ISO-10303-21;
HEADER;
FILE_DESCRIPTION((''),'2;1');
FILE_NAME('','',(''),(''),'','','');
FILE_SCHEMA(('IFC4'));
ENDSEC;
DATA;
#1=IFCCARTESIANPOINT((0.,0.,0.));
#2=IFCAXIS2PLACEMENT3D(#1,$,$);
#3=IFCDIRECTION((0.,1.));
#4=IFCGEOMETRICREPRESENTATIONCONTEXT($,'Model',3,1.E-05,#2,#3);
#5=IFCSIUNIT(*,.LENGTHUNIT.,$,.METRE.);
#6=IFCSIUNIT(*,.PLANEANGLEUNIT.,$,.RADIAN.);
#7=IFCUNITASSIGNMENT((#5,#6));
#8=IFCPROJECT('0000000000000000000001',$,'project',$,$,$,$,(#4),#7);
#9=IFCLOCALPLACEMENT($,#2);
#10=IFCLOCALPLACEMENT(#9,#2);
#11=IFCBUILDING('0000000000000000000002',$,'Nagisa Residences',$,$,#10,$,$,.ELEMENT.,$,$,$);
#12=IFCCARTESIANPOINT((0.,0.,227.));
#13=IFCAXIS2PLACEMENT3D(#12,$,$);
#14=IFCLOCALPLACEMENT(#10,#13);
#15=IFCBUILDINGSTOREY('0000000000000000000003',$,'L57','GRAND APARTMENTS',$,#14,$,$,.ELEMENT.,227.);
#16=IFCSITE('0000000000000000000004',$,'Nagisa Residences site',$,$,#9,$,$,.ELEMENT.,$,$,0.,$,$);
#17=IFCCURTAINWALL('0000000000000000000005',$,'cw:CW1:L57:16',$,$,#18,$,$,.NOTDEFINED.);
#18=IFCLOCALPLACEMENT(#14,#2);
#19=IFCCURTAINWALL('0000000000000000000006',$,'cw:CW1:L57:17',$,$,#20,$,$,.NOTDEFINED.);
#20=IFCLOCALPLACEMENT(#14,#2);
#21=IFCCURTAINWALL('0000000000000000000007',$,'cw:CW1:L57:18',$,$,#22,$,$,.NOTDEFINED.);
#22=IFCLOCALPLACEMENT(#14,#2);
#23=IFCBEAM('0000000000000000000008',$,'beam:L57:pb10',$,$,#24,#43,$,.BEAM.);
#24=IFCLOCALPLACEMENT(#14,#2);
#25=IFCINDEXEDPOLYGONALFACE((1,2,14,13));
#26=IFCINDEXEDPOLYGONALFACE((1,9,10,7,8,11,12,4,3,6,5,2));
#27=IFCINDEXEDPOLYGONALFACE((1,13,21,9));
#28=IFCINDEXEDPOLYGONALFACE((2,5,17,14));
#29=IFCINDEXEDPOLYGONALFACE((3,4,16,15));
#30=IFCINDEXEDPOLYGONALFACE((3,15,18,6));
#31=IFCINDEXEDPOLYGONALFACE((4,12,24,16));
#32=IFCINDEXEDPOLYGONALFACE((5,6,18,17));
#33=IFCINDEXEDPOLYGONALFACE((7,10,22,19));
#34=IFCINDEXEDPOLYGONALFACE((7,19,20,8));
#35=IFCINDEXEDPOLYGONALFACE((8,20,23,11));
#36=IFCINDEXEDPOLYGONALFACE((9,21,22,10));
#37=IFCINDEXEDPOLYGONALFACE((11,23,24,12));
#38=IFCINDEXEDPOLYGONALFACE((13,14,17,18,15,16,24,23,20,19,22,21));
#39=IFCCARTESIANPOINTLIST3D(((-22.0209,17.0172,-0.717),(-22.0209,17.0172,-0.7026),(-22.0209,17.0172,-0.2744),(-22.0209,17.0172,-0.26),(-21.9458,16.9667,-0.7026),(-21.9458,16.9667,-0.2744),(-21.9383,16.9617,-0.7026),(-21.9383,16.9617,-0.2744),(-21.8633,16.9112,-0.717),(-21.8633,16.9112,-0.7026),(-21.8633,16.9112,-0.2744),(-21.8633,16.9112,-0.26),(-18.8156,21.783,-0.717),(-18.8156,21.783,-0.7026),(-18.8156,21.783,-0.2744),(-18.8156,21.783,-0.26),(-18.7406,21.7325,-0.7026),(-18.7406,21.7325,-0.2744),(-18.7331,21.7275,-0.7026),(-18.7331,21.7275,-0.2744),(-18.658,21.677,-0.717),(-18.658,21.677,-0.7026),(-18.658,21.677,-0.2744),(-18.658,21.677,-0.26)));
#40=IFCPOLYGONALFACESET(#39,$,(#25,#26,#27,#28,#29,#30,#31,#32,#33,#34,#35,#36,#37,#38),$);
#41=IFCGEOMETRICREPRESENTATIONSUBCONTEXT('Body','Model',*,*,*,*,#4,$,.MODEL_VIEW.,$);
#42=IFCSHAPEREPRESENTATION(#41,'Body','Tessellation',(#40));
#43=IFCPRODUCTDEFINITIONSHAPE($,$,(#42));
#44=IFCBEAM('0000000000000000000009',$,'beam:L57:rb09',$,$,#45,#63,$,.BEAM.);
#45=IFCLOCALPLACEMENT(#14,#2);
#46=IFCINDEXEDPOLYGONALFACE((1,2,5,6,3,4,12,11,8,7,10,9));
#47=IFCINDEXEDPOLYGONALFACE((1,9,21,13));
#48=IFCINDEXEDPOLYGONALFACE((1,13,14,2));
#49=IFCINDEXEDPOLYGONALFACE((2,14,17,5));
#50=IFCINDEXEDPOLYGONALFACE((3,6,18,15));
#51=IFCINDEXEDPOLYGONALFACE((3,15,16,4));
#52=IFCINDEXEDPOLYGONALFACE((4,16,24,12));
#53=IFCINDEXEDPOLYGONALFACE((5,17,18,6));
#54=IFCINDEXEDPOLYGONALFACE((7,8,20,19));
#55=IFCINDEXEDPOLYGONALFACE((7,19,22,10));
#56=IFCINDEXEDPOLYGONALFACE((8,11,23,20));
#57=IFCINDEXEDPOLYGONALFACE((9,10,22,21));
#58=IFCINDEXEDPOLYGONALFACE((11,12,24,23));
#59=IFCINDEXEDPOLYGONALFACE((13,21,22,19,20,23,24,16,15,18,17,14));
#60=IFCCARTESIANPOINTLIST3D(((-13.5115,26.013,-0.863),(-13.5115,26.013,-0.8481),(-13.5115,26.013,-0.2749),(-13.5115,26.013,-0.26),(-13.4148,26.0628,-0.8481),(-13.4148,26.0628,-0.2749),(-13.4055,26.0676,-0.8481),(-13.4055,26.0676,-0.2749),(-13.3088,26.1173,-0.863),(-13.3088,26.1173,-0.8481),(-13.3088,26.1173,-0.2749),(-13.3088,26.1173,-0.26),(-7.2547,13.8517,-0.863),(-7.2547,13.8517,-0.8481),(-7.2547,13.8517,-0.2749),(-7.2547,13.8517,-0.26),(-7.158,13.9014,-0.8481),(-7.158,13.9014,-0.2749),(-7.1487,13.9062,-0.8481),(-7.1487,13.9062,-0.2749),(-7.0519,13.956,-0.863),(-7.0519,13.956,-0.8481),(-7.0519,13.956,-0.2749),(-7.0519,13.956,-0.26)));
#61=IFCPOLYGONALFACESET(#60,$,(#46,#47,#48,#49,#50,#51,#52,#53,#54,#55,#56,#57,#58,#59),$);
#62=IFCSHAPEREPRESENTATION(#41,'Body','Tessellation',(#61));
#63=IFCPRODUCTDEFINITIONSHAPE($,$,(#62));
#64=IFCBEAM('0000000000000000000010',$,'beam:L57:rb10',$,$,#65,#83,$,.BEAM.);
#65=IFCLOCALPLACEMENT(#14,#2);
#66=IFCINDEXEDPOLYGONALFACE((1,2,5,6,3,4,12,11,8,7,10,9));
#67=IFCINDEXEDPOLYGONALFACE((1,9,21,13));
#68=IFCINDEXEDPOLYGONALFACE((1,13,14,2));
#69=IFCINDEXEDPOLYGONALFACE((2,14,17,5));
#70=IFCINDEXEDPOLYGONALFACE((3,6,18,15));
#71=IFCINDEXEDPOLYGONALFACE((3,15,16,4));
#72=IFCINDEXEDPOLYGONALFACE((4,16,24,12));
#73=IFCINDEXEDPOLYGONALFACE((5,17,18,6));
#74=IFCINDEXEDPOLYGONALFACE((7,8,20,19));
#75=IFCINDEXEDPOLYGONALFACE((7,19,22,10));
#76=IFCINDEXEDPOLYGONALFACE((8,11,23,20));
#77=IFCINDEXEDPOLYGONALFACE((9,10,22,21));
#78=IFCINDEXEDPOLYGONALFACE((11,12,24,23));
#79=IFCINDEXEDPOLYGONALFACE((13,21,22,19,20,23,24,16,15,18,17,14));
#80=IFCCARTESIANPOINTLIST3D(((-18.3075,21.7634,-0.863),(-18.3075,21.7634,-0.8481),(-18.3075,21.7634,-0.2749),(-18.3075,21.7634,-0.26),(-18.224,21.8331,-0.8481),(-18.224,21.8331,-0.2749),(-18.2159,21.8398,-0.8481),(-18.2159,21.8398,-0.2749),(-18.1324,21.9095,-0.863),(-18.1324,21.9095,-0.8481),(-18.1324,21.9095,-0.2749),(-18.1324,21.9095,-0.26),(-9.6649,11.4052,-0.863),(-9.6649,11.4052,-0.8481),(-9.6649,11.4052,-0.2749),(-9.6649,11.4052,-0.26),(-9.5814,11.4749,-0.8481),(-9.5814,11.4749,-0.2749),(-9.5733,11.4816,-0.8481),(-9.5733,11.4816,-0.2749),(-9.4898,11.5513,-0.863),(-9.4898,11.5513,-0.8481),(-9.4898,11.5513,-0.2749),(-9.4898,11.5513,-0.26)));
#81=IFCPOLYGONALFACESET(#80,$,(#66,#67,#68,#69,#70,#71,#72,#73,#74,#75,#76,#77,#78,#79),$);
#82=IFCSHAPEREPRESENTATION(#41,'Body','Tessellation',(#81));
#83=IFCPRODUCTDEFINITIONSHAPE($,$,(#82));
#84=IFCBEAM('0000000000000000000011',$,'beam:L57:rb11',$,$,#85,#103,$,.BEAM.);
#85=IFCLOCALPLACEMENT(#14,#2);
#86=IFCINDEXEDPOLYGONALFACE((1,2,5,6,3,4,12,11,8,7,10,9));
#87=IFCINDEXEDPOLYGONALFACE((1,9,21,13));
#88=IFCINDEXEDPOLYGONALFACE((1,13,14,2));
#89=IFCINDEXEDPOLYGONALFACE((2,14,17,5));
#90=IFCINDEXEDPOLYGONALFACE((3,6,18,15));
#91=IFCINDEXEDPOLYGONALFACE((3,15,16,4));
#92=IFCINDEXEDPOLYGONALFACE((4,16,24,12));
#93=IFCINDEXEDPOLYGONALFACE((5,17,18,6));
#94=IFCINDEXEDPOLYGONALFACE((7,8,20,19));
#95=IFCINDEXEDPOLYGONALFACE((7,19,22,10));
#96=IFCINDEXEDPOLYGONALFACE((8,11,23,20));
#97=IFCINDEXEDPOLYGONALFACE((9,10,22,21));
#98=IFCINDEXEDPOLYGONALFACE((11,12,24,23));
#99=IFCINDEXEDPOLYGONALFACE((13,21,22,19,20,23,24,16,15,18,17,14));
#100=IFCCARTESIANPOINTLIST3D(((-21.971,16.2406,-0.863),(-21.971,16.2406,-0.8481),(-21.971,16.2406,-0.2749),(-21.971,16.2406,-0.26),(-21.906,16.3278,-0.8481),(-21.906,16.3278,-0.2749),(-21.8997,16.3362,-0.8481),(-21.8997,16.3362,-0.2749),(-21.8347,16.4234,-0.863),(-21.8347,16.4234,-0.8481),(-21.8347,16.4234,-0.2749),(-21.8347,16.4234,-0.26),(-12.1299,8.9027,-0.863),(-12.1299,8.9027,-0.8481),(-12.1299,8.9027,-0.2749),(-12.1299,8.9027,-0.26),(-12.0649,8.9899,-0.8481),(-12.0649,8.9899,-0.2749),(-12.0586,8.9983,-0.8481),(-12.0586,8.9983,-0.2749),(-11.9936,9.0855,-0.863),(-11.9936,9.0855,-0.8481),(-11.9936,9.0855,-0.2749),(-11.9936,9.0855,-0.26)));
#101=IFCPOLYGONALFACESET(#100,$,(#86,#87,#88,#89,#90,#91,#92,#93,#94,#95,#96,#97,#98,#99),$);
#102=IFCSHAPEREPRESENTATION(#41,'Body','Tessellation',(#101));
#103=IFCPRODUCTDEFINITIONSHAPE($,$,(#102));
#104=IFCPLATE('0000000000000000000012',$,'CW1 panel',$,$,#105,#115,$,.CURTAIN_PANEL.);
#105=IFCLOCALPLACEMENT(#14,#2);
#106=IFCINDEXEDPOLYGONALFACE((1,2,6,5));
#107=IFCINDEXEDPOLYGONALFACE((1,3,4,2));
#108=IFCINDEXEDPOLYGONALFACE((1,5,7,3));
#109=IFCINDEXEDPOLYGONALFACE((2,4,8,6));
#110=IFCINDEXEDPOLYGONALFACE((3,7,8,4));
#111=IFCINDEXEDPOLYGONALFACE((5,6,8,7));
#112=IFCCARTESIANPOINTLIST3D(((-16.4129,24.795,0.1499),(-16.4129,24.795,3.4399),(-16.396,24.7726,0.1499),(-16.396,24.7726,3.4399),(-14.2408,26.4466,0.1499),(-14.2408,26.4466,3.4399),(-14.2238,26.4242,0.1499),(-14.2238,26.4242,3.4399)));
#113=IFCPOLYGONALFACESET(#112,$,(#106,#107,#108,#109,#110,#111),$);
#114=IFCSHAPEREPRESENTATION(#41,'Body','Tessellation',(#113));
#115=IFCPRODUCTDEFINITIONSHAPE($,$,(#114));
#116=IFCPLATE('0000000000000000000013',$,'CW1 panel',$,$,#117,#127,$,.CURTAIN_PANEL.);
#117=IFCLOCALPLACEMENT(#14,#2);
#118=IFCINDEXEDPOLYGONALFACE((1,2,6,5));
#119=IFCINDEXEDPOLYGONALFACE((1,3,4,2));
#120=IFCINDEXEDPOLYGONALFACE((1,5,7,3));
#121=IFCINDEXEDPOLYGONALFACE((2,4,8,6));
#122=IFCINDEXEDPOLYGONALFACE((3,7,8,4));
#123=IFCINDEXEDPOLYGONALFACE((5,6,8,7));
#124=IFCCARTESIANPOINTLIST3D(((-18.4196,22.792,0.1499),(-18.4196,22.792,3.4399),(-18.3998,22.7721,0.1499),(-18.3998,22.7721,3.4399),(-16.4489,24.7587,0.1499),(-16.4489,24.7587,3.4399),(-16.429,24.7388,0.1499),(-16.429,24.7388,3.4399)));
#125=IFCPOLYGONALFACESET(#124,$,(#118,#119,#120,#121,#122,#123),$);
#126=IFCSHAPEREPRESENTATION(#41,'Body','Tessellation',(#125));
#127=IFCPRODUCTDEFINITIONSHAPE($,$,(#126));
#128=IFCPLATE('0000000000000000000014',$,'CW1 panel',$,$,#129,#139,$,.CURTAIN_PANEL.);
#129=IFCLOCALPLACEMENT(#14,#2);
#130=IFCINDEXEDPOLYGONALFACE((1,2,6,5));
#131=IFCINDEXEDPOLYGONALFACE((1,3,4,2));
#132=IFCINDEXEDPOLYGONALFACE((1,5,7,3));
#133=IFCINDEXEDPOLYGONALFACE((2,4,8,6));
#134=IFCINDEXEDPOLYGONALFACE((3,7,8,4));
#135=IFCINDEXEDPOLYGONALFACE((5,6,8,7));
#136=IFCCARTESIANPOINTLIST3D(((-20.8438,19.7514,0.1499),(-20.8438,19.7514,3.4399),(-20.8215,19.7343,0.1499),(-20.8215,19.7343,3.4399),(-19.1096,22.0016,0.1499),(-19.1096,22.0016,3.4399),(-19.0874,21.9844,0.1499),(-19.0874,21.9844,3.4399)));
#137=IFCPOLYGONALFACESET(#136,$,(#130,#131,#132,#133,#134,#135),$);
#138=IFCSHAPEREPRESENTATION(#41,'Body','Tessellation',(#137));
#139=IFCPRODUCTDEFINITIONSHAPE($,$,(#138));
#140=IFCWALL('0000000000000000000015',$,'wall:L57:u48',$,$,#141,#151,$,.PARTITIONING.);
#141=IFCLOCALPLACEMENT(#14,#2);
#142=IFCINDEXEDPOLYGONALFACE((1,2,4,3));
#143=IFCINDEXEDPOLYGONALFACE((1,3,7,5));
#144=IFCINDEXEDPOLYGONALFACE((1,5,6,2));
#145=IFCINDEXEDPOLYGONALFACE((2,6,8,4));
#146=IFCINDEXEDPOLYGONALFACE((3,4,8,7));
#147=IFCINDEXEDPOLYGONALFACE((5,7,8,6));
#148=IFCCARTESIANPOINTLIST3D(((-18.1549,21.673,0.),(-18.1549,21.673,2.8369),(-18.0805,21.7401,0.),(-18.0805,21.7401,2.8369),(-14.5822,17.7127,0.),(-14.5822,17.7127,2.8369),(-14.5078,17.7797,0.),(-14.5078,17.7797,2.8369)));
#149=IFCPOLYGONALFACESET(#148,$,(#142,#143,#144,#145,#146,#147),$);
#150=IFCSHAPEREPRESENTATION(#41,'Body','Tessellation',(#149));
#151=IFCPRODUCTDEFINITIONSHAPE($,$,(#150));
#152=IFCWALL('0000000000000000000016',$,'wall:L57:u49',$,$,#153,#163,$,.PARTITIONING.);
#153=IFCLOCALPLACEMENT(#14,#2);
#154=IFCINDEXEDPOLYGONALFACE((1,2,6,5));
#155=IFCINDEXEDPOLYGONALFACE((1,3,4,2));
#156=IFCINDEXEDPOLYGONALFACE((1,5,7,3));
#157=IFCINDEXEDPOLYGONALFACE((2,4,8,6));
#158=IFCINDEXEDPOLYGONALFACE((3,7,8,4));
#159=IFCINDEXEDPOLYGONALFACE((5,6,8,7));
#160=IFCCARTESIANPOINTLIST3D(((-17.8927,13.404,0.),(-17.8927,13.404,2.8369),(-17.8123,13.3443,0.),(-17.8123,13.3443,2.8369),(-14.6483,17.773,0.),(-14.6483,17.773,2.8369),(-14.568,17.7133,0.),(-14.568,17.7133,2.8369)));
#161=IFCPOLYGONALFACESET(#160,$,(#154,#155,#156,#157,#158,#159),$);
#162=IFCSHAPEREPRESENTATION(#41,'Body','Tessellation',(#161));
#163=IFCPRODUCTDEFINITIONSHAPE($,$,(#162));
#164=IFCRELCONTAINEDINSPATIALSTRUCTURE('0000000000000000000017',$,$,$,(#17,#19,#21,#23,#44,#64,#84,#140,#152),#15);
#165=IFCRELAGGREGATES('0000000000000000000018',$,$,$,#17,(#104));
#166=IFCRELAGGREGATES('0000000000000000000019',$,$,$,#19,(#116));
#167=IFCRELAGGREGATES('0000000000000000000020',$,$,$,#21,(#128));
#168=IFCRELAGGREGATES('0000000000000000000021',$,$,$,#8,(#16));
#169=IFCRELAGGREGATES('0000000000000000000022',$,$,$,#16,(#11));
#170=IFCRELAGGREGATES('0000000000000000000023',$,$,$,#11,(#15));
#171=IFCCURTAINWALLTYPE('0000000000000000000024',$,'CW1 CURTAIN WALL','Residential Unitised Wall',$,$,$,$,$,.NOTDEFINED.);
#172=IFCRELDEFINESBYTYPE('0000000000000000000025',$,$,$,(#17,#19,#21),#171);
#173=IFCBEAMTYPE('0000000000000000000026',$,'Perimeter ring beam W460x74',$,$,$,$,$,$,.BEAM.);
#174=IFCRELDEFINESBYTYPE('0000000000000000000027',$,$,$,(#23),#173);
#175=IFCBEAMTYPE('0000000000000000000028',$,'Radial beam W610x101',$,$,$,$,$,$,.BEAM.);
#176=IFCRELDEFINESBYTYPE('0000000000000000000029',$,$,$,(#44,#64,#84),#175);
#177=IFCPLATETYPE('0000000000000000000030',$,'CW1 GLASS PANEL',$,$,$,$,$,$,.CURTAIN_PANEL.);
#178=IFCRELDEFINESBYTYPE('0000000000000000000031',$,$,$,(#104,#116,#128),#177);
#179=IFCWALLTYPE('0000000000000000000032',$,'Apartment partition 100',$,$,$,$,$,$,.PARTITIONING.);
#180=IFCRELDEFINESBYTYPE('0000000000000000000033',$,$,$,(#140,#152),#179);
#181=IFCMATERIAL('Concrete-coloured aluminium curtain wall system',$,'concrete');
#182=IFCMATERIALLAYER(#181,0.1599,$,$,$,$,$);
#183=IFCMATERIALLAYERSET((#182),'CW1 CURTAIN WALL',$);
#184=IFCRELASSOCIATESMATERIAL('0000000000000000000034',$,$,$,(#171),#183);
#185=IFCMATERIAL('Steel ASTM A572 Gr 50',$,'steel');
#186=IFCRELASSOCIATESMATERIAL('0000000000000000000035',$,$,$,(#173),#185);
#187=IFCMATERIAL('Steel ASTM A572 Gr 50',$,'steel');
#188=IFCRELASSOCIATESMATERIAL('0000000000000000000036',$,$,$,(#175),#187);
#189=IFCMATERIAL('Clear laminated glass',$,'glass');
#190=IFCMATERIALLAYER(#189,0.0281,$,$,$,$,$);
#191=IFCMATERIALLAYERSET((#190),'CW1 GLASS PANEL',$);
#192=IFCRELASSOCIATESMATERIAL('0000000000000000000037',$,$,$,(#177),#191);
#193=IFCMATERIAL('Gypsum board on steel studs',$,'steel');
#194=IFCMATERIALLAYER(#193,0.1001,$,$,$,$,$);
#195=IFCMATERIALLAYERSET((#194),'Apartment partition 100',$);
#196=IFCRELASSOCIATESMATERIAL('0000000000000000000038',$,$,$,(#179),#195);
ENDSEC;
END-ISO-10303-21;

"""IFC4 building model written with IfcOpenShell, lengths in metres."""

from ifc_helpers import new_model, si_unit, direction, frame, frame_2d, origin, origin_2d, place, context, subcontext, project, spatial, rectangle, i_section, extrude, material, layer, layer_set, material_profile, profile_set, type_object, element, aggregate, save


model = new_model("IFC4")

# Units and contexts
model_context = context("Model", 3, precision=1e-05, world=origin(), true_north=direction((0.0, 1.0)))
body_context = subcontext(model_context, "Body", "Model", "MODEL_VIEW")
ifc_project = project(units=[si_unit("LENGTHUNIT", "METRE"), si_unit("PLANEANGLEUNIT", "RADIAN")], contexts=[model_context])

# Site, building, storey
site_placement = place(None, origin())
site = spatial("IfcSite", under=ifc_project, at=site_placement, Name="Nagisa Residences site", CompositionType="ELEMENT", RefElevation=0.0)
building_placement = place(site_placement, origin())
building = spatial("IfcBuilding", under=site, at=building_placement, Name="Nagisa Residences", CompositionType="ELEMENT")
storey_placement = place(building_placement, frame((0.0, 0.0, 227.0)))
storey = spatial("IfcBuildingStorey", under=building, at=storey_placement, Name="L57", Description="GRAND APARTMENTS", CompositionType="ELEMENT", Elevation=227.0)

# Curtain walls
ifc_material_1 = material(Name="Concrete-coloured aluminium curtain wall system", Category="concrete")
ifc_layer_1 = layer(ifc_material_1, 0.1599)
ifc_layer_set_1 = layer_set([ifc_layer_1], Name="CW1 CURTAIN WALL")
curtain_wall_type = type_object("IfcCurtainWallType", Name="CW1 CURTAIN WALL", Description="Residential Unitised Wall", PredefinedType="NOTDEFINED", material=ifc_layer_set_1)
curtain_wall_1_placement = place(storey_placement, origin())
curtain_wall_1 = element("IfcCurtainWall", 1, at=curtain_wall_1_placement, inside=storey, type_object=curtain_wall_type, Name="cw:CW1:L57:16", PredefinedType="NOTDEFINED")
curtain_wall_2_placement = place(storey_placement, origin())
curtain_wall_2 = element("IfcCurtainWall", 2, at=curtain_wall_2_placement, inside=storey, type_object=curtain_wall_type, Name="cw:CW1:L57:17", PredefinedType="NOTDEFINED")
curtain_wall_3_placement = place(storey_placement, origin())
curtain_wall_3 = element("IfcCurtainWall", 3, at=curtain_wall_3_placement, inside=storey, type_object=curtain_wall_type, Name="cw:CW1:L57:18", PredefinedType="NOTDEFINED")

# Beams
ifc_material_2 = material(Name="Steel ASTM A572 Gr 50", Category="steel")
ifc_material_profile_1 = material_profile(ifc_material_2, i_section(OverallWidth=0.1899, OverallDepth=0.457, WebThickness=0.009, FlangeThickness=0.0144, at=origin_2d()), Name="W460x74")
ifc_profile_set_1 = profile_set([ifc_material_profile_1], Name="Steel ASTM A572 Gr 50")
beam_type_1 = type_object("IfcBeamType", Name="Perimeter ring beam W460x74", PredefinedType="BEAM", material=ifc_profile_set_1)
beam_1_placement = place(storey_placement, frame((-18.7368, 21.73, -0.4885), z_axis=(-0.55808, -0.829787, 0.0), x_axis=(0.829787, -0.55808, 0.0)))
element("IfcBeam", 4, at=beam_1_placement, inside=storey, type_object=beam_type_1, Name="beam:L57:pb10", PredefinedType="BEAM", context=body_context, shape_type="SweptSolid", body=[
    extrude(i_section(OverallWidth=0.1899, OverallDepth=0.457, WebThickness=0.009, FlangeThickness=0.0144, at=origin_2d()), origin(), (0.0, 0.0, 1.0), 5.7434),
])
ifc_material_3 = material(Name="Steel ASTM A572 Gr 50", Category="steel")
ifc_material_profile_2 = material_profile(ifc_material_3, i_section(OverallWidth=0.228, OverallDepth=0.603, WebThickness=0.0105, FlangeThickness=0.0149, at=origin_2d()), Name="W610x101")
ifc_profile_set_2 = profile_set([ifc_material_profile_2], Name="Steel ASTM A572 Gr 50")
beam_type_2 = type_object("IfcBeamType", Name="Radial beam W610x101", PredefinedType="BEAM", material=ifc_profile_set_2)
beam_2_placement = place(storey_placement, frame((-13.4102, 26.0652, -0.5615), z_axis=(0.457488, -0.889216, 0.0), x_axis=(0.889216, 0.457488, 0.0)))
element("IfcBeam", 5, at=beam_2_placement, inside=storey, type_object=beam_type_2, Name="beam:L57:rb09", PredefinedType="BEAM", context=body_context, shape_type="SweptSolid", body=[
    extrude(i_section(OverallWidth=0.228, OverallDepth=0.603, WebThickness=0.0105, FlangeThickness=0.0149, at=origin_2d()), origin(), (0.0, 0.0, 1.0), 13.6765),
])
beam_3_placement = place(storey_placement, frame((-18.22, 21.8364, -0.5615), z_axis=(0.640656, -0.767828, 0.0), x_axis=(0.767828, 0.640656, 0.0)))
element("IfcBeam", 6, at=beam_3_placement, inside=storey, type_object=beam_type_2, Name="beam:L57:rb10", PredefinedType="BEAM", context=body_context, shape_type="SweptSolid", body=[
    extrude(i_section(OverallWidth=0.228, OverallDepth=0.603, WebThickness=0.0105, FlangeThickness=0.0149, at=origin_2d()), origin(), (0.0, 0.0, 1.0), 13.4902),
])
beam_4_placement = place(storey_placement, frame((-21.9028, 16.332, -0.5615), z_axis=(0.801675, -0.597761, 0.0), x_axis=(0.597761, 0.801675, 0.0)))
element("IfcBeam", 7, at=beam_4_placement, inside=storey, type_object=beam_type_2, Name="beam:L57:rb11", PredefinedType="BEAM", context=body_context, shape_type="SweptSolid", body=[
    extrude(i_section(OverallWidth=0.228, OverallDepth=0.603, WebThickness=0.0105, FlangeThickness=0.0149, at=origin_2d()), origin(), (0.0, 0.0, 1.0), 12.2756),
])

# Plates
ifc_material_4 = material(Name="Clear laminated glass", Category="glass")
ifc_layer_2 = layer(ifc_material_4, 0.0281)
ifc_layer_set_2 = layer_set([ifc_layer_2], Name="CW1 GLASS PANEL")
plate_type = type_object("IfcPlateType", Name="CW1 GLASS PANEL", PredefinedType="CURTAIN_PANEL", material=ifc_layer_set_2)
plate_1_placement = place(storey_placement, frame((-15.3184, 25.6096, 0.1499), z_axis=(0.0, 0.0, 1.0), x_axis=(-0.796031, -0.605255, 0.0)))
plate_1 = element("IfcPlate", 8, at=plate_1_placement, type_object=plate_type, Name="CW1 panel", PredefinedType="CURTAIN_PANEL", context=body_context, shape_type="SweptSolid", body=[
    extrude(rectangle(XDim=2.7288, YDim=0.0281, at=origin_2d()), origin(), (0.0, 0.0, 1.0), 3.29),
])
aggregate(curtain_wall_1, [plate_1])
plate_2_placement = place(storey_placement, frame((-17.4243, 23.7654, 0.1499), z_axis=(0.0, 0.0, 1.0), x_axis=(-0.707836, -0.706377, 0.0)))
plate_2 = element("IfcPlate", 9, at=plate_2_placement, type_object=plate_type, Name="CW1 panel", PredefinedType="CURTAIN_PANEL", context=body_context, shape_type="SweptSolid", body=[
    extrude(rectangle(XDim=2.7842, YDim=0.0281, at=origin_2d()), origin(), (0.0, 0.0, 1.0), 3.29),
])
aggregate(curtain_wall_2, [plate_2])
plate_3_placement = place(storey_placement, frame((-19.9656, 20.8679, 0.1499), z_axis=(0.0, 0.0, 1.0), x_axis=(-0.61043, -0.79207, 0.0)))
plate_3 = element("IfcPlate", 10, at=plate_3_placement, type_object=plate_type, Name="CW1 panel", PredefinedType="CURTAIN_PANEL", context=body_context, shape_type="SweptSolid", body=[
    extrude(rectangle(XDim=2.8408, YDim=0.0281, at=origin_2d()), origin(), (0.0, 0.0, 1.0), 3.29),
])
aggregate(curtain_wall_3, [plate_3])

# Walls
ifc_material_5 = material(Name="Gypsum board on steel studs", Category="steel")
ifc_layer_3 = layer(ifc_material_5, 0.1001)
ifc_layer_set_3 = layer_set([ifc_layer_3], Name="Apartment partition 100")
wall_type_1 = type_object("IfcWallType", Name="Apartment partition 100", PredefinedType="PARTITIONING", material=ifc_layer_set_3)
wall_1_placement = place(storey_placement, frame((-14.5449, 17.7461, 0.0), z_axis=(0.0, 0.0, 1.0), x_axis=(-0.669829, 0.742515, 0.0)))
element("IfcWall", 11, at=wall_1_placement, inside=storey, type_object=wall_type_1, Name="wall:L57:u48", PredefinedType="PARTITIONING", context=body_context, shape_type="SweptSolid", body=[
    extrude(rectangle(XDim=5.3337, YDim=0.1001, at=frame_2d((2.667, 0.0))), origin(), (0.0, 0.0, 1.0), 2.8369),
])
wall_2_placement = place(storey_placement, frame((-14.6082, 17.7432, 0.0), z_axis=(0.0, 0.0, 1.0), x_axis=(-0.596174, -0.802855, 0.0)))
element("IfcWall", 12, at=wall_2_placement, inside=storey, type_object=wall_type_1, Name="wall:L57:u49", PredefinedType="PARTITIONING", context=body_context, shape_type="SweptSolid", body=[
    extrude(rectangle(XDim=5.4419, YDim=0.1001, at=frame_2d((2.7209, 0.0))), origin(), (0.0, 0.0, 1.0), 2.8369),
])

save(model, "model.ifc")
